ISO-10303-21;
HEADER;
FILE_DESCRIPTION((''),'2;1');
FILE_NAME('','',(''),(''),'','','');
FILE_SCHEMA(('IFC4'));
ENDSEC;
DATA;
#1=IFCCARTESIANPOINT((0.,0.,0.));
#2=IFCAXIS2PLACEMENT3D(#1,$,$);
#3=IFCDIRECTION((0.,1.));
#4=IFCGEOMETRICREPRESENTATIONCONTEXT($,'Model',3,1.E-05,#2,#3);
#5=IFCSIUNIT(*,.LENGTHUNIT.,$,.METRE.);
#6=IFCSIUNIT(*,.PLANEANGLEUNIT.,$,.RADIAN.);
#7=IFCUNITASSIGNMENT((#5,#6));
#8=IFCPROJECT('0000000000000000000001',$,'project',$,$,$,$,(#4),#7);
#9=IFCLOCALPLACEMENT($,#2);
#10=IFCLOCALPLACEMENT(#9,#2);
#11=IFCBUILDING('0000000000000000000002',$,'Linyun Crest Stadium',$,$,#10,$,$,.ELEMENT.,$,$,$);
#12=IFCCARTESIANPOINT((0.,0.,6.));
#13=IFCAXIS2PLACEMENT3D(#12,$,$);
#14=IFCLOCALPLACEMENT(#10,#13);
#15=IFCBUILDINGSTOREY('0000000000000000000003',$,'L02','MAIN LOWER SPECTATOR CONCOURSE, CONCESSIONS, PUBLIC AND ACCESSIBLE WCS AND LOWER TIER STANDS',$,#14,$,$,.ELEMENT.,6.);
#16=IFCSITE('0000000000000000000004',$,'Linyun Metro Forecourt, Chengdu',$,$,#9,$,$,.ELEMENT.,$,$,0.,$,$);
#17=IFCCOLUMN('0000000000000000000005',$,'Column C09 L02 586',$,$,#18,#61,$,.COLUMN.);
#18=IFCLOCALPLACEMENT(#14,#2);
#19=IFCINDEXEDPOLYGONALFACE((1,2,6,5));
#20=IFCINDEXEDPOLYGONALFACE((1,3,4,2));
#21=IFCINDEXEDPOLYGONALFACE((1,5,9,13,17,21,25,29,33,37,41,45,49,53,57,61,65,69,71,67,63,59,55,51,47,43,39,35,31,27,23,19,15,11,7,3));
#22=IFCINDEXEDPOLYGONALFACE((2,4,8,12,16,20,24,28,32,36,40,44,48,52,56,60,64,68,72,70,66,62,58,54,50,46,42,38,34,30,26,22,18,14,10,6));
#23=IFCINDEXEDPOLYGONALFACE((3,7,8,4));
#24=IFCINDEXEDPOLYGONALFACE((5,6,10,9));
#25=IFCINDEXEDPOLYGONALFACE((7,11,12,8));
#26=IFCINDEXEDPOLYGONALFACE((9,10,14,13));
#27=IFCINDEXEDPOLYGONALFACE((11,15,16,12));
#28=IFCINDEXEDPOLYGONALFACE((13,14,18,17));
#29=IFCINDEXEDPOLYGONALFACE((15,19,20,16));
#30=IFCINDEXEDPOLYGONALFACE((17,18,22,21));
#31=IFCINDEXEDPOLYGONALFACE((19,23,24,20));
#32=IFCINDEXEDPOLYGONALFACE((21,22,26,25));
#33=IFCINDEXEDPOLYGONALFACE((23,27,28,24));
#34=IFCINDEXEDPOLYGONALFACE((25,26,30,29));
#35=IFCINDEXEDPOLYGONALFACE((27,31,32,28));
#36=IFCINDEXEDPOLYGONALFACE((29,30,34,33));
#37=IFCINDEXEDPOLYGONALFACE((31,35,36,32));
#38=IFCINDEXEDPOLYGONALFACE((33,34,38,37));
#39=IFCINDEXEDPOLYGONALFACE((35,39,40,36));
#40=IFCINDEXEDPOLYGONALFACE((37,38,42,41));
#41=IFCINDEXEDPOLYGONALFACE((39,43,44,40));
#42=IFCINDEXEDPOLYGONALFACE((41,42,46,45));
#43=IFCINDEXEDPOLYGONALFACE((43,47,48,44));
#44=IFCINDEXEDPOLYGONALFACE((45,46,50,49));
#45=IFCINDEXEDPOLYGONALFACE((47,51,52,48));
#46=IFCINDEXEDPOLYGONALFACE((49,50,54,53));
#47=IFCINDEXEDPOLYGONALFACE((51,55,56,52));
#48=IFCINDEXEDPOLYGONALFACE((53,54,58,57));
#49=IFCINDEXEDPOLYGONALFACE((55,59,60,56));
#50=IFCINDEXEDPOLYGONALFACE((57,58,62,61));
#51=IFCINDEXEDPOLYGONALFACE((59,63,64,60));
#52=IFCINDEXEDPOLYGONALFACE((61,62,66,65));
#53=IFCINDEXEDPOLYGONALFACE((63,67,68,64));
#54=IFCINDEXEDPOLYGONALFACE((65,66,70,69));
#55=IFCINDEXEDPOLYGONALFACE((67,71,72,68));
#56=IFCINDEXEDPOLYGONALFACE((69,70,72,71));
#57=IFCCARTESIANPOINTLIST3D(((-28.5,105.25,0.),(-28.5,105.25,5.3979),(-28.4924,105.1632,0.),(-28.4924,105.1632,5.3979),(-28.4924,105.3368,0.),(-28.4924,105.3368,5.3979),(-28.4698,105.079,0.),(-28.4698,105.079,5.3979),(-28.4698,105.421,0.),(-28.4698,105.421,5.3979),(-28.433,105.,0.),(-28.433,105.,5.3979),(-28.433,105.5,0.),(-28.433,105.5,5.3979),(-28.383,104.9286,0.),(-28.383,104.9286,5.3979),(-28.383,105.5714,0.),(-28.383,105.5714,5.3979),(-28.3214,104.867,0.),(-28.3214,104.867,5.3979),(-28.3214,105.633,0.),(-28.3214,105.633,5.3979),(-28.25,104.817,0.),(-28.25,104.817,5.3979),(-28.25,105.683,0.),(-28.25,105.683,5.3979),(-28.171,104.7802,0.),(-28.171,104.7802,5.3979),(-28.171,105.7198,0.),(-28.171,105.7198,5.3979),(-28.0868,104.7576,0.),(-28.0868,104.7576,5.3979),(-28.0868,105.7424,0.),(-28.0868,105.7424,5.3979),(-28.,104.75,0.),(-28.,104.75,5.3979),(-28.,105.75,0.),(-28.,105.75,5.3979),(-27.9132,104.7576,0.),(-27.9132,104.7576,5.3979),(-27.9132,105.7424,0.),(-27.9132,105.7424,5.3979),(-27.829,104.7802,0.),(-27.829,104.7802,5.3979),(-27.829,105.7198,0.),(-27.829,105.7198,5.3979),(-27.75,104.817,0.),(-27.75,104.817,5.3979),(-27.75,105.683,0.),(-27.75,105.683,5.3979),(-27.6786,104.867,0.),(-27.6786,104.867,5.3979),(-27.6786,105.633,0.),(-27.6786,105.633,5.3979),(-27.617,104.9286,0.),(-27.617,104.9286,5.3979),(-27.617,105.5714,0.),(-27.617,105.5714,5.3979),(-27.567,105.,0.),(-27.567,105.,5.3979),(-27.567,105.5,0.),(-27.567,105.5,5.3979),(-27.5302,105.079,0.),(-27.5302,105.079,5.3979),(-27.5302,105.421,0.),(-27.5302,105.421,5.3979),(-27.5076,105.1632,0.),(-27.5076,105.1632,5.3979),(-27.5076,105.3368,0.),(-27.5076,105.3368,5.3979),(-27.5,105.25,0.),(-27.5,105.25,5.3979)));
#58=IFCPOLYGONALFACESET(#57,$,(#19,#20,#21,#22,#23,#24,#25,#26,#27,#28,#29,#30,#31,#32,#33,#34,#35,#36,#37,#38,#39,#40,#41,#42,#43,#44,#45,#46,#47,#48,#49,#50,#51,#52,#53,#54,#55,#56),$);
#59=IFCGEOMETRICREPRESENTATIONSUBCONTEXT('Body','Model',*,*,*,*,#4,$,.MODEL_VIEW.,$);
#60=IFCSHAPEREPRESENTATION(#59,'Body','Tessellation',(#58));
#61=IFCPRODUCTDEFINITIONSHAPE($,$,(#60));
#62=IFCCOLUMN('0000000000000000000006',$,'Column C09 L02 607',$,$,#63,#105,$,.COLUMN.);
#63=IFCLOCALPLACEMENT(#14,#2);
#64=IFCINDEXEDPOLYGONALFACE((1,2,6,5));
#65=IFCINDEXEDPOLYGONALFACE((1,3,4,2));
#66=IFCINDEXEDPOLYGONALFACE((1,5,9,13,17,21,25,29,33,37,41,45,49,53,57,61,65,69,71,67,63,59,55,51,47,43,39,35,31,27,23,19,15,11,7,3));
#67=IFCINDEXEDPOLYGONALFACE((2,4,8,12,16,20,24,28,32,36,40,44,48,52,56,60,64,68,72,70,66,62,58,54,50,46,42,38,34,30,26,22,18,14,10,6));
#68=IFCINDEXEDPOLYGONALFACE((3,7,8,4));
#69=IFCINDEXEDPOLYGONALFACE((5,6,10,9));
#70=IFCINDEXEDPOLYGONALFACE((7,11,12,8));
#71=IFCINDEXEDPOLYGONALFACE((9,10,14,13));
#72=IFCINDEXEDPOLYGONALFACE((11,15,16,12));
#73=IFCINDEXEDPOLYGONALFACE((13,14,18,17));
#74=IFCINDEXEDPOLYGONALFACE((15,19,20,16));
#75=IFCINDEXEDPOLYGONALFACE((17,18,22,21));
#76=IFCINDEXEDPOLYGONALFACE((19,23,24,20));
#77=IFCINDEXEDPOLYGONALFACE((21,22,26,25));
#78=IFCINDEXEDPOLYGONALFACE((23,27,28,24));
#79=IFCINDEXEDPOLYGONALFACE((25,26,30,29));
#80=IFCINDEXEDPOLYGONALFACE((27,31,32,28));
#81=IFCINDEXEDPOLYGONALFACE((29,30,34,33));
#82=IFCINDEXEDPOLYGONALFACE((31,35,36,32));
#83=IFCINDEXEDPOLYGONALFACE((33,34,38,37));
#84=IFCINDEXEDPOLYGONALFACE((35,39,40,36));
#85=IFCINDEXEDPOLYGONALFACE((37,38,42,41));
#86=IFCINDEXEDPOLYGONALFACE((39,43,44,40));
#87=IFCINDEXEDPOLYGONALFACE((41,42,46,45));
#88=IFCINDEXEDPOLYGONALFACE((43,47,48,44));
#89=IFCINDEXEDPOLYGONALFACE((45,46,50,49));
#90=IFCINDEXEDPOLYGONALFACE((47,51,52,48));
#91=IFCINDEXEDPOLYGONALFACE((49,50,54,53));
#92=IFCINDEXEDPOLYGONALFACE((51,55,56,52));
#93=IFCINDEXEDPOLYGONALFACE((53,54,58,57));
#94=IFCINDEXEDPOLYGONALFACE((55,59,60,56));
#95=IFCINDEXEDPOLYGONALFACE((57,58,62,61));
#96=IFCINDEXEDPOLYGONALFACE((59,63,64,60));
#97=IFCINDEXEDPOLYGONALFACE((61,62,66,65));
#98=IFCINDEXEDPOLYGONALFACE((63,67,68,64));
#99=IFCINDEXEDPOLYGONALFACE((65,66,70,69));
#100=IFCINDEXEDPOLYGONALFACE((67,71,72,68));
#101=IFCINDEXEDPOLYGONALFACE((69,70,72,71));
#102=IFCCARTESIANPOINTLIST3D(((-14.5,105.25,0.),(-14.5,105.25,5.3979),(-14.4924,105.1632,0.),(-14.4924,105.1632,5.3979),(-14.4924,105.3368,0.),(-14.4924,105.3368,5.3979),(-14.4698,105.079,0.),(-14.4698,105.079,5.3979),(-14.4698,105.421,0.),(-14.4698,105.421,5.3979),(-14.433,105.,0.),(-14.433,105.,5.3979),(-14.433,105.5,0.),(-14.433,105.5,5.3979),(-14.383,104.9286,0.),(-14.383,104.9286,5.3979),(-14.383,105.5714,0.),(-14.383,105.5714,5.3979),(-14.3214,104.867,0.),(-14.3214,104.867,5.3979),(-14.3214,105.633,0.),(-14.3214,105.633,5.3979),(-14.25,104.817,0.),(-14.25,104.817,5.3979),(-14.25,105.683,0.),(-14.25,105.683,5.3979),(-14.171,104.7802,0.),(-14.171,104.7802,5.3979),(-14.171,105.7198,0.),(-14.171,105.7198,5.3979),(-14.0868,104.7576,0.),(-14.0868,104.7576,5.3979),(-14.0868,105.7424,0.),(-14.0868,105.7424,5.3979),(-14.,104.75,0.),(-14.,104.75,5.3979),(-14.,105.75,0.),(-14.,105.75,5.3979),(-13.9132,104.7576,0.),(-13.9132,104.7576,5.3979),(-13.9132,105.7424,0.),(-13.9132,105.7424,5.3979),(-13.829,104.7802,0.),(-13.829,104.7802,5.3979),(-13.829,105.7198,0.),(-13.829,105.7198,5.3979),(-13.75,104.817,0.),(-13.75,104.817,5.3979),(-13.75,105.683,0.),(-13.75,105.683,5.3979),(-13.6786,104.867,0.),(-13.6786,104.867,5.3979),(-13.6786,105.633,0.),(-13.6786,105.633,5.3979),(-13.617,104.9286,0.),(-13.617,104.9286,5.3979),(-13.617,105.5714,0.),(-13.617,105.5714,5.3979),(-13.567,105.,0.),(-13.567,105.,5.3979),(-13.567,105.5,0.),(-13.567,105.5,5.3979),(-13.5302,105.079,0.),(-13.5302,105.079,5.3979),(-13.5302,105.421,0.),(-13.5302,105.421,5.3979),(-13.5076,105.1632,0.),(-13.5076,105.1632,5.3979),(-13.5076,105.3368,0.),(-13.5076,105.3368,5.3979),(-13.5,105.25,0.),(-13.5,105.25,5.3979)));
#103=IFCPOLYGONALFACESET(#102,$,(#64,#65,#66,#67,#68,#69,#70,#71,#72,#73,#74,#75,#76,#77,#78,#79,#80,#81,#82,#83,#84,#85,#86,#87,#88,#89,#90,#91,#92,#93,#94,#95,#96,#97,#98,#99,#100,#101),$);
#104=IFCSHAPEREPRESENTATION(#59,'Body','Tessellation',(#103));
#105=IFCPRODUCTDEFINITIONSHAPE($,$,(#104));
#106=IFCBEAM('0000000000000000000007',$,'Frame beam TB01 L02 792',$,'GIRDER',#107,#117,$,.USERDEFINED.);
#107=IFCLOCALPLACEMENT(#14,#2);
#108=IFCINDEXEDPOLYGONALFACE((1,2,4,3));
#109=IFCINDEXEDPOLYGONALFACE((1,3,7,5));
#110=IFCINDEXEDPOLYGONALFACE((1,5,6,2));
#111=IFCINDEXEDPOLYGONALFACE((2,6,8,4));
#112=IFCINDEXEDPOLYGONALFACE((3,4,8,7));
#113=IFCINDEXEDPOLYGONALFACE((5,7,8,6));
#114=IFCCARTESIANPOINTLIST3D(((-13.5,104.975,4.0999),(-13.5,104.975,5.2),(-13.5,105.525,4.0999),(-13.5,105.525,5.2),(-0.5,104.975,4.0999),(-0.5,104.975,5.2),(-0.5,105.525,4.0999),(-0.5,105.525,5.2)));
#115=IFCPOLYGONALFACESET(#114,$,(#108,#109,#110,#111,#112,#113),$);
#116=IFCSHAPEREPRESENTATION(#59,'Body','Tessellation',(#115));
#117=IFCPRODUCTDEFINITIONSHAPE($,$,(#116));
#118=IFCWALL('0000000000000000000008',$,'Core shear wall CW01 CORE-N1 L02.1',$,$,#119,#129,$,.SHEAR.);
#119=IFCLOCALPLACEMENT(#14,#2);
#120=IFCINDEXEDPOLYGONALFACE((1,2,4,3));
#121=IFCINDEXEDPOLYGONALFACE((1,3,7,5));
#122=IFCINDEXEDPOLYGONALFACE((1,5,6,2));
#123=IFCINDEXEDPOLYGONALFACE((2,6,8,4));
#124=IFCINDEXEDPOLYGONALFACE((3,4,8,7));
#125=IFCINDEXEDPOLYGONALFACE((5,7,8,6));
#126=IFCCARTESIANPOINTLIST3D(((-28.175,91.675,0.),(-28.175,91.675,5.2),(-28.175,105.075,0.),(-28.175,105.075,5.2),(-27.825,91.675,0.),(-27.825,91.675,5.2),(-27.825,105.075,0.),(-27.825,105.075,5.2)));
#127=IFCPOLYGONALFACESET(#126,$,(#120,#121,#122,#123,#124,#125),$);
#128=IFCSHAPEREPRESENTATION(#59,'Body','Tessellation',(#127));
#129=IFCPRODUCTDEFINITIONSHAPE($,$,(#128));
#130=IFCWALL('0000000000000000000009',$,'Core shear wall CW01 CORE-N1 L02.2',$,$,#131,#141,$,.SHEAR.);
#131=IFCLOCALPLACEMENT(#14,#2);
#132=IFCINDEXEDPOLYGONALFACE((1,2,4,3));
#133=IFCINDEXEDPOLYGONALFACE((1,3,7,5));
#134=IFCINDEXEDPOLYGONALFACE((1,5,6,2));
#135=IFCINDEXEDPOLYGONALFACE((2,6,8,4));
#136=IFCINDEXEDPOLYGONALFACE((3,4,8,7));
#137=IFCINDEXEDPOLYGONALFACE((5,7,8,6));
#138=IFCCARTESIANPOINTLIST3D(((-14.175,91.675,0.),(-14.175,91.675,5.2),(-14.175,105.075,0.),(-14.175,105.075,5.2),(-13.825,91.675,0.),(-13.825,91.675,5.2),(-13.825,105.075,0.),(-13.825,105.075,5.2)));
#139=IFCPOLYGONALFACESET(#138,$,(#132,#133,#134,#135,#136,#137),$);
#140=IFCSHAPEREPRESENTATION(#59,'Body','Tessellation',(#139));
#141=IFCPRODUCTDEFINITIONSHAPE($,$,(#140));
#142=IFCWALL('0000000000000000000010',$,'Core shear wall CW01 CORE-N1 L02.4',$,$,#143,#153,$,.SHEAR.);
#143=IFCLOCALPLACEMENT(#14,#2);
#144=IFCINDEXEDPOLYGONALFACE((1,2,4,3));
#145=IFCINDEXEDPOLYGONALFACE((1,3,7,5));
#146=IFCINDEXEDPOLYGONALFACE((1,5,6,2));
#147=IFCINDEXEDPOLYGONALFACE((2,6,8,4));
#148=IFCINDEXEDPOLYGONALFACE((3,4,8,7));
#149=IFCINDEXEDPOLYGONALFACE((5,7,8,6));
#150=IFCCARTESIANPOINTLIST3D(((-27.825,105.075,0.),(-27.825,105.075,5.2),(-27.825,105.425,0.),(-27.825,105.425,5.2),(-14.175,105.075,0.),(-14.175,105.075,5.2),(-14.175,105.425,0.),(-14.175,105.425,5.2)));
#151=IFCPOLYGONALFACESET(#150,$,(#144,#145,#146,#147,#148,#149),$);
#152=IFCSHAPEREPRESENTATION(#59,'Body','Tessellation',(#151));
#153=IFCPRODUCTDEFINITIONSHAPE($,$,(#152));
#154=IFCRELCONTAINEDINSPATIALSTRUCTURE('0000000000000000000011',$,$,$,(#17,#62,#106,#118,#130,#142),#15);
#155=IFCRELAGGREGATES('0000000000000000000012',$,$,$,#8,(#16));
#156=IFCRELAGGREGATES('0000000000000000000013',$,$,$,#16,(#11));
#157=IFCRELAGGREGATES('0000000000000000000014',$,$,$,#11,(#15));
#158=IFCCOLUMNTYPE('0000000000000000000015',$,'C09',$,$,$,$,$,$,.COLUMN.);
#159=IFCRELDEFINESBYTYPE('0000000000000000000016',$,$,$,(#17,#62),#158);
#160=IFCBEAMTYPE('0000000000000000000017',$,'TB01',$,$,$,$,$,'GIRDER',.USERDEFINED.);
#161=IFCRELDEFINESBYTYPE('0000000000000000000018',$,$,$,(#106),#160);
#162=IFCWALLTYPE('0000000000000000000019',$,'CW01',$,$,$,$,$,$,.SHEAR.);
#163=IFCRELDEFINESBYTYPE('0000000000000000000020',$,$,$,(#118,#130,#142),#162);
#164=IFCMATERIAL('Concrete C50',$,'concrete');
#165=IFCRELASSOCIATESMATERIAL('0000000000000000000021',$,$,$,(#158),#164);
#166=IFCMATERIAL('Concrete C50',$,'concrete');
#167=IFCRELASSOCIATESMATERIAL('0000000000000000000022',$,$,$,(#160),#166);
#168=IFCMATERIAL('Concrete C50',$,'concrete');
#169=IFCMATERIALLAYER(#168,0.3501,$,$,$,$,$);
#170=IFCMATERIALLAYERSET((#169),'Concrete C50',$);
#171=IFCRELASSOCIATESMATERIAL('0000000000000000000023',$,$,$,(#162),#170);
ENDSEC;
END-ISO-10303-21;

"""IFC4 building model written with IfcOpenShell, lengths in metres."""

from ifc_helpers import new_model, si_unit, direction, frame, frame_2d, origin, origin_2d, place, context, subcontext, project, spatial, rectangle, circle, extrude, material, layer, layer_set, material_profile, profile_set, type_object, element, save


model = new_model("IFC4")

# Units and contexts
model_context = context("Model", 3, precision=1e-05, world=origin(), true_north=direction((0.0, 1.0)))
body_context = subcontext(model_context, "Body", "Model", "MODEL_VIEW")
ifc_project = project(units=[si_unit("LENGTHUNIT", "METRE"), si_unit("PLANEANGLEUNIT", "RADIAN")], contexts=[model_context])

# Site, building, storey
site_placement = place(None, origin())
site = spatial("IfcSite", under=ifc_project, at=site_placement, Name="Linyun Metro Forecourt, Chengdu", CompositionType="ELEMENT", RefElevation=0.0)
building_placement = place(site_placement, origin())
building = spatial("IfcBuilding", under=site, at=building_placement, Name="Linyun Crest Stadium", CompositionType="ELEMENT")
storey_placement = place(building_placement, frame((0.0, 0.0, 6.0)))
storey = spatial("IfcBuildingStorey", under=building, at=storey_placement, Name="L02", Description="MAIN LOWER SPECTATOR CONCOURSE, CONCESSIONS, PUBLIC AND ACCESSIBLE WCS AND LOWER TIER STANDS", CompositionType="ELEMENT", Elevation=6.0)

# Columns
ifc_material_1 = material(Name="Concrete C50", Category="concrete")
ifc_material_profile_1 = material_profile(ifc_material_1, circle(Radius=0.5, at=origin_2d()), Name="RC D1000")
ifc_profile_set_1 = profile_set([ifc_material_profile_1], Name="Concrete C50")
column_type = type_object("IfcColumnType", Name="C09", PredefinedType="COLUMN", material=ifc_profile_set_1)
for number, where, z_axis, x_axis, name in (
    (1, (-28.0, 105.25, 0.0), (0.0, 0.0, 1.0), (1.0, 0.0, 0.0), "Column C09 L02 586"),
    (2, (-14.0, 105.25, 0.0), (0.0, 0.0, 1.0), (1.0, 0.0, 0.0), "Column C09 L02 607"),
):
    element("IfcColumn", number, at=place(storey_placement, frame(where, z_axis=z_axis, x_axis=x_axis)), inside=storey, type_object=column_type, Name=name, PredefinedType="COLUMN", context=body_context, shape_type="SweptSolid", body=[
        extrude(circle(Radius=0.5, at=origin_2d()), origin(), (0.0, 0.0, 1.0), 5.3979),
    ])

# Beam
ifc_material_2 = material(Name="Concrete C50", Category="concrete")
ifc_material_profile_2 = material_profile(ifc_material_2, rectangle(XDim=0.55, YDim=1.1001, at=origin_2d()), Name="RCB 1100x550")
ifc_profile_set_2 = profile_set([ifc_material_profile_2], Name="Concrete C50")
beam_type = type_object("IfcBeamType", Name="TB01", ElementType="GIRDER", PredefinedType="USERDEFINED", material=ifc_profile_set_2)
beam_placement = place(storey_placement, frame((-13.5, 105.25, 4.6499), z_axis=(1.0, 0.0, 0.0), x_axis=(0.0, 1.0, 0.0)))
element("IfcBeam", 3, at=beam_placement, inside=storey, type_object=beam_type, Name="Frame beam TB01 L02 792", ObjectType="GIRDER", PredefinedType="USERDEFINED", context=body_context, shape_type="SweptSolid", body=[
    extrude(rectangle(XDim=0.55, YDim=1.1001, at=origin_2d()), origin(), (0.0, 0.0, 1.0), 13.0),
])

# Walls
ifc_material_3 = material(Name="Concrete C50", Category="concrete")
ifc_layer_1 = layer(ifc_material_3, 0.3501)
ifc_layer_set_1 = layer_set([ifc_layer_1], Name="Concrete C50")
wall_type_1 = type_object("IfcWallType", Name="CW01", PredefinedType="SHEAR", material=ifc_layer_set_1)
for number, where, z_axis, x_axis, name in (
    (4, (-28.0, 91.675, 0.0), (0.0, 0.0, 1.0), (0.0, 1.0, 0.0), "Core shear wall CW01 CORE-N1 L02.1"),
    (5, (-14.0, 91.675, 0.0), (0.0, 0.0, 1.0), (0.0, 1.0, 0.0), "Core shear wall CW01 CORE-N1 L02.2"),
):
    element("IfcWall", number, at=place(storey_placement, frame(where, z_axis=z_axis, x_axis=x_axis)), inside=storey, type_object=wall_type_1, Name=name, PredefinedType="SHEAR", context=body_context, shape_type="SweptSolid", body=[
        extrude(rectangle(XDim=13.3999, YDim=0.3501, at=frame_2d((6.7, 0.0))), origin(), (0.0, 0.0, 1.0), 5.2),
    ])
wall_1_placement = place(storey_placement, frame((-27.825, 105.25, 0.0), z_axis=(0.0, 0.0, 1.0), x_axis=(1.0, 0.0, 0.0)))
element("IfcWall", 6, at=wall_1_placement, inside=storey, type_object=wall_type_1, Name="Core shear wall CW01 CORE-N1 L02.4", PredefinedType="SHEAR", context=body_context, shape_type="SweptSolid", body=[
    extrude(rectangle(XDim=13.6499, YDim=0.3501, at=frame_2d((6.825, 0.0))), origin(), (0.0, 0.0, 1.0), 5.2),
])

save(model, "model.ifc")
